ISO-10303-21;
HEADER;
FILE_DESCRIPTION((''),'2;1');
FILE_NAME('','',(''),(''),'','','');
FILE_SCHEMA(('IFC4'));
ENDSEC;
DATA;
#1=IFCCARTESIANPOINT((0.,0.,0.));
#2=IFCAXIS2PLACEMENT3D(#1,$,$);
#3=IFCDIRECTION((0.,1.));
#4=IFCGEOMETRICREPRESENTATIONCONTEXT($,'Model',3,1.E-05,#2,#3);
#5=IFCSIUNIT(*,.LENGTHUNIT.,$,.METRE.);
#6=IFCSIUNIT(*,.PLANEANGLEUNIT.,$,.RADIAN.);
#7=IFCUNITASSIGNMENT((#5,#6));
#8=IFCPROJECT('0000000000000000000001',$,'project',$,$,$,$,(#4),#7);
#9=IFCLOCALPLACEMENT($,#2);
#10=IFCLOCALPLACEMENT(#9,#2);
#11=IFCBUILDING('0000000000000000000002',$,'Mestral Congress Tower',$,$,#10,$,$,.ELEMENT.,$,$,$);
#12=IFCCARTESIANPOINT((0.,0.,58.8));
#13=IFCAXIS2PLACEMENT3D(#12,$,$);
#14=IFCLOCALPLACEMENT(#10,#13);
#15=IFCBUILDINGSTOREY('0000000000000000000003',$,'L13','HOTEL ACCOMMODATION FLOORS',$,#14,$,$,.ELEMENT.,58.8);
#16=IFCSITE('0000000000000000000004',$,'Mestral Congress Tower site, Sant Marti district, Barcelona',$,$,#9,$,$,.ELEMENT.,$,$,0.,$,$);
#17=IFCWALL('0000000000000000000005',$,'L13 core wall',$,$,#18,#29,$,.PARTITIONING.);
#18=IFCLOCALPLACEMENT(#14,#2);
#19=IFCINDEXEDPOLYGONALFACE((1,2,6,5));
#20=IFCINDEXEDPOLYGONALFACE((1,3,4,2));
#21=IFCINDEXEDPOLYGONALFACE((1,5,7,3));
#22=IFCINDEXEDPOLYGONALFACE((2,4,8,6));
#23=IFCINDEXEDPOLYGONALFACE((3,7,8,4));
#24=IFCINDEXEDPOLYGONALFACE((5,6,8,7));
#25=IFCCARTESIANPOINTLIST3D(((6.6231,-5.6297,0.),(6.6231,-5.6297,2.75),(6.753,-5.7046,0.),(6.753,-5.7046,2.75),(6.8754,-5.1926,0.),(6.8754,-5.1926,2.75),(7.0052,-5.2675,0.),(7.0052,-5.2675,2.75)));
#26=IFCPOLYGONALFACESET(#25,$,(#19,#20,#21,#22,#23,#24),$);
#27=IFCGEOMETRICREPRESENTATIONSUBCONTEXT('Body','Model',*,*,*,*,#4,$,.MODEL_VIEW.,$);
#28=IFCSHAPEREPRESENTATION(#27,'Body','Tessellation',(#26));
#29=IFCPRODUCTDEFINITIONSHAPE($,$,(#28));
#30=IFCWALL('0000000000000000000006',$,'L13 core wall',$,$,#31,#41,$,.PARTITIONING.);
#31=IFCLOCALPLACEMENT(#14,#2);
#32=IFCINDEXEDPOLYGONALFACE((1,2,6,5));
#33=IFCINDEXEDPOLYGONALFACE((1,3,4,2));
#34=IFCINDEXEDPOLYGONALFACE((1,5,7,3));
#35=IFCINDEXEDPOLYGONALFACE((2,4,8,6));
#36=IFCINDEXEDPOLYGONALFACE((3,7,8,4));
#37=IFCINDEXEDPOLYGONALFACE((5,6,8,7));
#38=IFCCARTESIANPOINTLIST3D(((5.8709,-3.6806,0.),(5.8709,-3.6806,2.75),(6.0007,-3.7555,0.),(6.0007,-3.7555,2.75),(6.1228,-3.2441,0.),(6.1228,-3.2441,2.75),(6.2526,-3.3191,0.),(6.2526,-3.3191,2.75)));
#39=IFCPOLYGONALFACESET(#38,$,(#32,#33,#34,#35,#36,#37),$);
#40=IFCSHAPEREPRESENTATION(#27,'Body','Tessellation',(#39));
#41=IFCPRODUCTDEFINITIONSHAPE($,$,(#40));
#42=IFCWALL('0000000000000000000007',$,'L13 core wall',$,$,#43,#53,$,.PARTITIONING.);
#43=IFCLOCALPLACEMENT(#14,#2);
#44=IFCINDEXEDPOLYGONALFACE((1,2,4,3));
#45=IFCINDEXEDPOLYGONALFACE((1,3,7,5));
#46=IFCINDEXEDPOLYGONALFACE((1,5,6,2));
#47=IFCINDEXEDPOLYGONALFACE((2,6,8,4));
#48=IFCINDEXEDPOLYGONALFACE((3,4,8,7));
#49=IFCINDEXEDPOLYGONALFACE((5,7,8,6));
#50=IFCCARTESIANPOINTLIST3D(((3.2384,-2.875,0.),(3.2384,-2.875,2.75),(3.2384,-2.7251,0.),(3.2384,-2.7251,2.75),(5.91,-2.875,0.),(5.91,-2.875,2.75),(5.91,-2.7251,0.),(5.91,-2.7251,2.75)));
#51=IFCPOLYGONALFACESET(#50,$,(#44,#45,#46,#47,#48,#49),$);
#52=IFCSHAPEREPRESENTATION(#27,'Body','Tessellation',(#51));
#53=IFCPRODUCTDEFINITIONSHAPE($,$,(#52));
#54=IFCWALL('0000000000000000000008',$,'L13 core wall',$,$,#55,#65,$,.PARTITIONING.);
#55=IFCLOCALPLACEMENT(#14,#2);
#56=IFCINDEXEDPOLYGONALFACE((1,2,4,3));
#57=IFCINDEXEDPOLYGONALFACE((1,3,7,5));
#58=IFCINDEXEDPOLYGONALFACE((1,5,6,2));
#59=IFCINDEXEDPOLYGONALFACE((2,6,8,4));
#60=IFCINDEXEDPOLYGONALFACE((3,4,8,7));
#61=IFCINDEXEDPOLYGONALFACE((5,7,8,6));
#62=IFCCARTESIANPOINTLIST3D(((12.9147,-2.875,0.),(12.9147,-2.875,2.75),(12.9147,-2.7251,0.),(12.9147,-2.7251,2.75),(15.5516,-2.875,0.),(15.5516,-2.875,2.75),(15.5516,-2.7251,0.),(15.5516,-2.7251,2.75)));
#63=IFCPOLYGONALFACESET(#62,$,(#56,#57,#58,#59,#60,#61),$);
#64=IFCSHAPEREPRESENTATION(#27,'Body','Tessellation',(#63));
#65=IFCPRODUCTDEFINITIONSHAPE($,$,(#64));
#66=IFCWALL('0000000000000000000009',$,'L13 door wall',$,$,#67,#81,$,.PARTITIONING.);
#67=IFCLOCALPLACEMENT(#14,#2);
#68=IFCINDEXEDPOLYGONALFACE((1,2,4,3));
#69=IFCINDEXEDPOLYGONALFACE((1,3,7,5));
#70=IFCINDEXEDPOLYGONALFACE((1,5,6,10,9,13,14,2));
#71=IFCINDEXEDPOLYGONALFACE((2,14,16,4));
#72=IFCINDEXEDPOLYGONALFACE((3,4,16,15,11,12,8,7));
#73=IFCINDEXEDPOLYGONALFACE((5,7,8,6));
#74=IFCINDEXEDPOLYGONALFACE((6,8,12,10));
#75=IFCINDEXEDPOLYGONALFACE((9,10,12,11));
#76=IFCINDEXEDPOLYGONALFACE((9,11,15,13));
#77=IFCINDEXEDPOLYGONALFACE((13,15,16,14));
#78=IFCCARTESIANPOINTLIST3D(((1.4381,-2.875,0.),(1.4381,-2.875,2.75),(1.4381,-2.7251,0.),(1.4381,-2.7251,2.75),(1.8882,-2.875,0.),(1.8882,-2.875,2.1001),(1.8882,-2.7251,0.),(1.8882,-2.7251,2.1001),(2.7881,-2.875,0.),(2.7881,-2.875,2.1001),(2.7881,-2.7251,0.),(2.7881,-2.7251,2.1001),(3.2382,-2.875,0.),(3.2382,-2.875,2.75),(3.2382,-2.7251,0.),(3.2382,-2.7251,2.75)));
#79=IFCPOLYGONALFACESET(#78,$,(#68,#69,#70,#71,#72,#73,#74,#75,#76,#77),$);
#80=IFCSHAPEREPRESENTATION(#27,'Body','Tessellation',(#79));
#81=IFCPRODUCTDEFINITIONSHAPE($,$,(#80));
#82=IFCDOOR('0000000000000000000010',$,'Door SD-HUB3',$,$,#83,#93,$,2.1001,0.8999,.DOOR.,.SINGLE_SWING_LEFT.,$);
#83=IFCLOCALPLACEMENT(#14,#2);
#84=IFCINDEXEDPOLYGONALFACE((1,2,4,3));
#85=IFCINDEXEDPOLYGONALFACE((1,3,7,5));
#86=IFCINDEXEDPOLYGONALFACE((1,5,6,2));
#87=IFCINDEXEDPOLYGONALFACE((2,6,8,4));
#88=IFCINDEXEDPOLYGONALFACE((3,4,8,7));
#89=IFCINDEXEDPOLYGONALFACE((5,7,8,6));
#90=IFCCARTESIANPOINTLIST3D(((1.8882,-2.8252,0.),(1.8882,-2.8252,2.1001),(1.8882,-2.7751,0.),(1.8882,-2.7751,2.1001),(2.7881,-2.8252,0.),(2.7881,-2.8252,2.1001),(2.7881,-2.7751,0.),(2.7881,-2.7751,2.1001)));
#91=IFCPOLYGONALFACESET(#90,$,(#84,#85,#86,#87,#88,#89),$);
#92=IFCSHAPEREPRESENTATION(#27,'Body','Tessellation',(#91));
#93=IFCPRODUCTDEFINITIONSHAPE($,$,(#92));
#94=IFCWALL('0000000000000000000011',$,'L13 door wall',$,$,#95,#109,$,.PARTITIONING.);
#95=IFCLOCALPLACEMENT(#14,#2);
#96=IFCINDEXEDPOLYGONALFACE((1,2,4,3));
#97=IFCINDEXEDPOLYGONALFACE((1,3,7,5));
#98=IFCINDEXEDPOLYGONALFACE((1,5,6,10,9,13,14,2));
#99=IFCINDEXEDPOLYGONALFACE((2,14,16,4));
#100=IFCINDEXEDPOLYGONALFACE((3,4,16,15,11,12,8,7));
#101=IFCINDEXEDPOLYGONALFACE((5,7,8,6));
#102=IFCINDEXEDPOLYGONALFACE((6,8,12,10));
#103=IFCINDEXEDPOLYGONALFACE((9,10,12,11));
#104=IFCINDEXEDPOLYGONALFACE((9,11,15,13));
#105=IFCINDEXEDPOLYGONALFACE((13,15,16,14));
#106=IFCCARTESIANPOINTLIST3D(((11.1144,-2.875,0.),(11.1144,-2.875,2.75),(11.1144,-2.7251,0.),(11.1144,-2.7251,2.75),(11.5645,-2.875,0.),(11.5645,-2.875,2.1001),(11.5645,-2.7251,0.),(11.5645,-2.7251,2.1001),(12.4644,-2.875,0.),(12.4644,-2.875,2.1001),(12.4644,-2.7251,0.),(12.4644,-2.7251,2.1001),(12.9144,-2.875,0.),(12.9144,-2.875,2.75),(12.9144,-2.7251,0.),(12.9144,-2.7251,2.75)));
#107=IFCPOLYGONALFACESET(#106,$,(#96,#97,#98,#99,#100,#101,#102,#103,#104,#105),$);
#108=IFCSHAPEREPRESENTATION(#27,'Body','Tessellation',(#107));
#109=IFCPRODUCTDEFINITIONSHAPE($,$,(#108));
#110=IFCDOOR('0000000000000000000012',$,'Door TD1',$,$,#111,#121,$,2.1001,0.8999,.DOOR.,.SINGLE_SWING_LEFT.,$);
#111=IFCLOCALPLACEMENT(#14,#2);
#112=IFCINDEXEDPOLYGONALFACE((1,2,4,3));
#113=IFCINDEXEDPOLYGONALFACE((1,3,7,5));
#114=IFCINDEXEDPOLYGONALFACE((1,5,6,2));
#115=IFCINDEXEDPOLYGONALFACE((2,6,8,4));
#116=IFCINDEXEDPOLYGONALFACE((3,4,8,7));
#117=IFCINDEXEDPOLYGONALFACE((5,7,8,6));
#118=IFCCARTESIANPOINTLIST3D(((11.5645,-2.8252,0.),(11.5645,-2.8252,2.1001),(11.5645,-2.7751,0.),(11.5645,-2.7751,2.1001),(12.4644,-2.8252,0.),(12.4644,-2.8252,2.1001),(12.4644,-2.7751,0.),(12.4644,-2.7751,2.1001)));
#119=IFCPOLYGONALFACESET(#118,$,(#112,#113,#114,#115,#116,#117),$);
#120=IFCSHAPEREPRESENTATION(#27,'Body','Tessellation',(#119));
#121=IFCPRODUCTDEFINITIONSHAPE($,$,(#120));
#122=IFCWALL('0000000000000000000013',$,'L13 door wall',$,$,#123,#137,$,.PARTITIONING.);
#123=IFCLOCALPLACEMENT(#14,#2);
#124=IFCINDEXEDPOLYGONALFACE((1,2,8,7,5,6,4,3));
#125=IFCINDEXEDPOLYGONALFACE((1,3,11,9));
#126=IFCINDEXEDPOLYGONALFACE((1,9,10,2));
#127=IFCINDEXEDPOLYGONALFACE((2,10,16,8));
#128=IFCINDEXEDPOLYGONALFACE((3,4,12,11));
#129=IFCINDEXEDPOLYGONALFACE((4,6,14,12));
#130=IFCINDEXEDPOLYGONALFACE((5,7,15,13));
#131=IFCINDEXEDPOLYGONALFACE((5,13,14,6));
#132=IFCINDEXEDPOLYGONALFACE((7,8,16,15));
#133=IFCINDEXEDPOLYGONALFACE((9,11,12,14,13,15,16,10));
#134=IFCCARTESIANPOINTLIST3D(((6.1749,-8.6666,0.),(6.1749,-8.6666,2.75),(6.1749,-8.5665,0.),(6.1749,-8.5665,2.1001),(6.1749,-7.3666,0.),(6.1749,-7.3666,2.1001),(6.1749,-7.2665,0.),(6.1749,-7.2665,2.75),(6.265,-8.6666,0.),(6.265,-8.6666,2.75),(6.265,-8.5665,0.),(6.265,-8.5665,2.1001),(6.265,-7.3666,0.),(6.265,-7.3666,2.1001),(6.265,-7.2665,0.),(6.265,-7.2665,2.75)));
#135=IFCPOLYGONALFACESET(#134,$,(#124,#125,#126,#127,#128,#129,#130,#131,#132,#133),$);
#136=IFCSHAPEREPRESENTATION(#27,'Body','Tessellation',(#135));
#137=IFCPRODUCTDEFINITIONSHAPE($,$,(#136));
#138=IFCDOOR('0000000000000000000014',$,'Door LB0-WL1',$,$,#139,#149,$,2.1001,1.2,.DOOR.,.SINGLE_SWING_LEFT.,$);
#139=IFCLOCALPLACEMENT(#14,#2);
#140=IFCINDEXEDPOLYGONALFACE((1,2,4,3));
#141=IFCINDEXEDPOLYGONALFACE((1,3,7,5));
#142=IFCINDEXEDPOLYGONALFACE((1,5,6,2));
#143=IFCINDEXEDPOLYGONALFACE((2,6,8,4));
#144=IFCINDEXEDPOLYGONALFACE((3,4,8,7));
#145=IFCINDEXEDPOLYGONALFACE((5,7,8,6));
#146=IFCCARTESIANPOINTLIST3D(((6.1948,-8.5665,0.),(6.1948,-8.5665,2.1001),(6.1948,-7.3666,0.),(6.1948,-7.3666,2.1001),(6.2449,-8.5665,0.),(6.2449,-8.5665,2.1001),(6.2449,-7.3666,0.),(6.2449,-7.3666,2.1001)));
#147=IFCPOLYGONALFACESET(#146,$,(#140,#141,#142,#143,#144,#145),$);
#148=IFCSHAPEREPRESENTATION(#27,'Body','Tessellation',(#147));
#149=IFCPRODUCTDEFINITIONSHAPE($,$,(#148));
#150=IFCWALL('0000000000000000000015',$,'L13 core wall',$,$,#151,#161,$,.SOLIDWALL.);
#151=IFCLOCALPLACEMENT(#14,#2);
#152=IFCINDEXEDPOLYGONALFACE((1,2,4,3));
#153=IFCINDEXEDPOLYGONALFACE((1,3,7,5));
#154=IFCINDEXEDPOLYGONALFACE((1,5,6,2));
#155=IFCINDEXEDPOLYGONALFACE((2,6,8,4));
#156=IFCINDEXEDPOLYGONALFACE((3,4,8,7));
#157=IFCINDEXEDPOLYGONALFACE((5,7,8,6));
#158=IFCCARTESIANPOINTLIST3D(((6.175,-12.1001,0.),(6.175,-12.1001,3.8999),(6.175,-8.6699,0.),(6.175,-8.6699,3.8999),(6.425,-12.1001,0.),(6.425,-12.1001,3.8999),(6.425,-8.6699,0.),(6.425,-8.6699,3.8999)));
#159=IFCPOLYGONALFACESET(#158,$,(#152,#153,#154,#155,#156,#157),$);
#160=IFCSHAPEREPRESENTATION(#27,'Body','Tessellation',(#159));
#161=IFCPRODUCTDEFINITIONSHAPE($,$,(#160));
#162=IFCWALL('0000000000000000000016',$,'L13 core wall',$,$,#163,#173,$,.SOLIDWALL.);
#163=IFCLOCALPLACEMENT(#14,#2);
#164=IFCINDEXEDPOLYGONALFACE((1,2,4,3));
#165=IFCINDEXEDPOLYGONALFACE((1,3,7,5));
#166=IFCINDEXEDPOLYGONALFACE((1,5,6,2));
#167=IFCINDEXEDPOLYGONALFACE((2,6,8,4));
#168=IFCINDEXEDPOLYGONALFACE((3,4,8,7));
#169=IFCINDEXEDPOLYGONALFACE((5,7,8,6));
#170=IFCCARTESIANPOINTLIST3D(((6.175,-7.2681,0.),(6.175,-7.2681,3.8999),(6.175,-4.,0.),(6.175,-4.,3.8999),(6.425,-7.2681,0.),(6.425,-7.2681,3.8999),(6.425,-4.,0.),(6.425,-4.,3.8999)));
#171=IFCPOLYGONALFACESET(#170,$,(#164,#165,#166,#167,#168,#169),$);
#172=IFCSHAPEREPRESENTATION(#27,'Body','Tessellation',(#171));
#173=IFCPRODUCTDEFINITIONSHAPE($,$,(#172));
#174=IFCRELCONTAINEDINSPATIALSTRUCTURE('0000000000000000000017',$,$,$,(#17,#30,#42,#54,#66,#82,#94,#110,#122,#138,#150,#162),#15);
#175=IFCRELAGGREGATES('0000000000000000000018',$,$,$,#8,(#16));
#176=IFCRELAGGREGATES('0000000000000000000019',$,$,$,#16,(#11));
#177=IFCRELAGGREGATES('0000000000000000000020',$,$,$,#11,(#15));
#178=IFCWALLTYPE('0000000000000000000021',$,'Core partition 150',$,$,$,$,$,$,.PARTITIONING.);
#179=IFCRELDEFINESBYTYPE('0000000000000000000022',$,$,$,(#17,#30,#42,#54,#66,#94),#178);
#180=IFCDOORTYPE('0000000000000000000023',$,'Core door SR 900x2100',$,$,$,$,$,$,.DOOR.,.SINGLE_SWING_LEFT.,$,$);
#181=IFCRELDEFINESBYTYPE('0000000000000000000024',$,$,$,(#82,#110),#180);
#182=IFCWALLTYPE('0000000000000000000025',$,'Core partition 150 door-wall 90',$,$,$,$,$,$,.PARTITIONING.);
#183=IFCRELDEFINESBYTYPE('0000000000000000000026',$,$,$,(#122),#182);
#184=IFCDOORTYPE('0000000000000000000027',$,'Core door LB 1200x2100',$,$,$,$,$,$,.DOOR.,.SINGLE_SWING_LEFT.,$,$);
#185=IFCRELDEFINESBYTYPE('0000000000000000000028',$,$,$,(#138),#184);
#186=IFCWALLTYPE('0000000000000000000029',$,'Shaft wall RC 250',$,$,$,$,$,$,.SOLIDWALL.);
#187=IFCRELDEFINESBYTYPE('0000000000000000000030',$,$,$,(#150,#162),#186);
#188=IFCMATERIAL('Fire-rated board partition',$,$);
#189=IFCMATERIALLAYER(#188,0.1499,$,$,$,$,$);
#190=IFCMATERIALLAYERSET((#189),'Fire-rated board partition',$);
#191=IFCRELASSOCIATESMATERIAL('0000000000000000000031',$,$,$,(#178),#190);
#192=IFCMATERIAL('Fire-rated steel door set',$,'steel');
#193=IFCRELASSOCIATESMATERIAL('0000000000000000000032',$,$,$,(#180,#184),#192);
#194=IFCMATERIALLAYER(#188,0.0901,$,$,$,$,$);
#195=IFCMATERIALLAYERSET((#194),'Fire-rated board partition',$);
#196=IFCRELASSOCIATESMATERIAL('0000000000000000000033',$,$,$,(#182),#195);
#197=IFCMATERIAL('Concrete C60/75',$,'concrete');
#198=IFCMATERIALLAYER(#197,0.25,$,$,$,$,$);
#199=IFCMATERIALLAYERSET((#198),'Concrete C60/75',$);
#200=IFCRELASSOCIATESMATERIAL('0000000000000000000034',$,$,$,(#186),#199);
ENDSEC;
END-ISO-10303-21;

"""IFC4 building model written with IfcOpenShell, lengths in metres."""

from ifc_helpers import new_model, si_unit, direction, frame, frame_2d, origin, place, context, subcontext, project, spatial, rectangle, extrude, material, layer, layer_set, type_object, element, fill, save


model = new_model("IFC4")

# Units and contexts
model_context = context("Model", 3, precision=1e-05, world=origin(), true_north=direction((0.0, 1.0)))
body_context = subcontext(model_context, "Body", "Model", "MODEL_VIEW")
ifc_project = project(units=[si_unit("LENGTHUNIT", "METRE"), si_unit("PLANEANGLEUNIT", "RADIAN")], contexts=[model_context])

# Site, building, storey
site_placement = place(None, origin())
site = spatial("IfcSite", under=ifc_project, at=site_placement, Name="Mestral Congress Tower site, Sant Marti district, Barcelona", CompositionType="ELEMENT", RefElevation=0.0)
building_placement = place(site_placement, origin())
building = spatial("IfcBuilding", under=site, at=building_placement, Name="Mestral Congress Tower", CompositionType="ELEMENT")
storey_placement = place(building_placement, frame((0.0, 0.0, 58.8)))
storey = spatial("IfcBuildingStorey", under=building, at=storey_placement, Name="L13", Description="HOTEL ACCOMMODATION FLOORS", CompositionType="ELEMENT", Elevation=58.8)

# Walls
ifc_material_1 = material(Name="Fire-rated board partition")
ifc_layer_1 = layer(ifc_material_1, 0.1499)
ifc_layer_set_1 = layer_set([ifc_layer_1], Name="Fire-rated board partition")
wall_type_1 = type_object("IfcWallType", Name="Core partition 150", PredefinedType="PARTITIONING", material=ifc_layer_set_1)
wall_1_placement = place(storey_placement, frame((6.688, -5.6672, 0.0), z_axis=(0.0, 0.0, 1.0), x_axis=(0.499834, 0.866121, 0.0)))
element("IfcWall", 1, at=wall_1_placement, inside=storey, type_object=wall_type_1, Name="L13 core wall", PredefinedType="PARTITIONING", context=body_context, shape_type="SweptSolid", body=[
    extrude(rectangle(XDim=0.5046, YDim=0.1499, at=frame_2d((0.2524, 0.0))), origin(), (0.0, 0.0, 1.0), 2.75),
])
wall_2_placement = place(storey_placement, frame((5.9358, -3.718, 0.0), z_axis=(0.0, 0.0, 1.0), x_axis=(0.49989, 0.866089, 0.0)))
element("IfcWall", 2, at=wall_2_placement, inside=storey, type_object=wall_type_1, Name="L13 core wall", PredefinedType="PARTITIONING", context=body_context, shape_type="SweptSolid", body=[
    extrude(rectangle(XDim=0.5039, YDim=0.1499, at=frame_2d((0.252, 0.0))), origin(), (0.0, 0.0, 1.0), 2.75),
])
wall_3_placement = place(storey_placement, frame((3.2383, -2.8, 0.0), z_axis=(0.0, 0.0, 1.0), x_axis=(1.0, 0.0, 0.0)))
element("IfcWall", 3, at=wall_3_placement, inside=storey, type_object=wall_type_1, Name="L13 core wall", PredefinedType="PARTITIONING", context=body_context, shape_type="SweptSolid", body=[
    extrude(rectangle(XDim=2.6716, YDim=0.1499, at=frame_2d((1.3359, 0.0))), origin(), (0.0, 0.0, 1.0), 2.75),
])
wall_4_placement = place(storey_placement, frame((12.9148, -2.8, 0.0), z_axis=(0.0, 0.0, 1.0), x_axis=(1.0, 0.0, 0.0)))
element("IfcWall", 4, at=wall_4_placement, inside=storey, type_object=wall_type_1, Name="L13 core wall", PredefinedType="PARTITIONING", context=body_context, shape_type="SweptSolid", body=[
    extrude(rectangle(XDim=2.637, YDim=0.1499, at=frame_2d((1.3184, 0.0))), origin(), (0.0, 0.0, 1.0), 2.75),
])

# Walls, openings, doors
wall_5_placement = place(storey_placement, frame((1.4382, -2.8, 0.0), z_axis=(0.0, 0.0, 1.0), x_axis=(1.0, 0.0, 0.0)))
wall_5 = element("IfcWall", 5, at=wall_5_placement, inside=storey, type_object=wall_type_1, Name="L13 door wall", PredefinedType="PARTITIONING", context=body_context, shape_type="SweptSolid", body=[
    extrude(rectangle(XDim=1.8, YDim=0.1499, at=frame_2d((0.8999, 0.0))), origin(), (0.0, 0.0, 1.0), 2.75),
])
opening_1_placement = place(wall_5_placement, frame((0.45, 0.0, 0.0)))
opening_1 = element("IfcOpeningElement", 6, at=opening_1_placement, cuts=wall_5, PredefinedType="OPENING", context=body_context, shape_type="SweptSolid", body=[
    extrude(rectangle(XDim=0.8999, YDim=2.1001, at=frame_2d((0.45, 1.05))), frame((0.0, 0.085, 0.0), z_axis=(0.0, -1.0, 0.0), x_axis=(1.0, 0.0, 0.0)), (0.0, 0.0, 1.0), 0.1699),
])
ifc_material_2 = material(Name="Fire-rated steel door set", Category="steel")
door_type_1 = type_object("IfcDoorType", Name="Core door SR 900x2100", OperationType="SINGLE_SWING_LEFT", PredefinedType="DOOR", material=ifc_material_2)
door_1_placement = place(opening_1_placement, origin())
door_1 = element("IfcDoor", 7, at=door_1_placement, inside=storey, type_object=door_type_1, Name="Door SD-HUB3", OperationType="SINGLE_SWING_LEFT", OverallHeight=2.1001, OverallWidth=0.8999, PredefinedType="DOOR", context=body_context, shape_type="SweptSolid", body=[
    extrude(rectangle(XDim=0.8999, YDim=2.1001, at=frame_2d((0.45, 1.05))), frame((0.0, 0.0249, 0.0), z_axis=(0.0, -1.0, 0.0), x_axis=(1.0, 0.0, 0.0)), (0.0, 0.0, 1.0), 0.05),
])
fill(opening_1, door_1)
wall_6_placement = place(storey_placement, frame((11.1145, -2.8, 0.0), z_axis=(0.0, 0.0, 1.0), x_axis=(1.0, 0.0, 0.0)))
wall_6 = element("IfcWall", 8, at=wall_6_placement, inside=storey, type_object=wall_type_1, Name="L13 door wall", PredefinedType="PARTITIONING", context=body_context, shape_type="SweptSolid", body=[
    extrude(rectangle(XDim=1.8, YDim=0.1499, at=frame_2d((0.8999, 0.0))), origin(), (0.0, 0.0, 1.0), 2.75),
])
opening_2_placement = place(wall_6_placement, frame((0.45, 0.0, 0.0)))
opening_2 = element("IfcOpeningElement", 9, at=opening_2_placement, cuts=wall_6, PredefinedType="OPENING", context=body_context, shape_type="SweptSolid", body=[
    extrude(rectangle(XDim=0.8999, YDim=2.1001, at=frame_2d((0.45, 1.05))), frame((0.0, 0.085, 0.0), z_axis=(0.0, -1.0, 0.0), x_axis=(1.0, 0.0, 0.0)), (0.0, 0.0, 1.0), 0.1699),
])
door_2_placement = place(opening_2_placement, origin())
door_2 = element("IfcDoor", 10, at=door_2_placement, inside=storey, type_object=door_type_1, Name="Door TD1", OperationType="SINGLE_SWING_LEFT", OverallHeight=2.1001, OverallWidth=0.8999, PredefinedType="DOOR", context=body_context, shape_type="SweptSolid", body=[
    extrude(rectangle(XDim=0.8999, YDim=2.1001, at=frame_2d((0.45, 1.05))), frame((0.0, 0.0249, 0.0), z_axis=(0.0, -1.0, 0.0), x_axis=(1.0, 0.0, 0.0)), (0.0, 0.0, 1.0), 0.05),
])
fill(opening_2, door_2)
ifc_layer_2 = layer(ifc_material_1, 0.0901)
ifc_layer_set_2 = layer_set([ifc_layer_2], Name="Fire-rated board partition")
wall_type_2 = type_object("IfcWallType", Name="Core partition 150 door-wall 90", PredefinedType="PARTITIONING", material=ifc_layer_set_2)
wall_7_placement = place(storey_placement, frame((6.22, -7.2664, 0.0), z_axis=(0.0, 0.0, 1.0), x_axis=(0.0, -1.0, 0.0)))
wall_7 = element("IfcWall", 11, at=wall_7_placement, inside=storey, type_object=wall_type_2, Name="L13 door wall", PredefinedType="PARTITIONING", context=body_context, shape_type="SweptSolid", body=[
    extrude(rectangle(XDim=1.4001, YDim=0.0901, at=frame_2d((0.7002, 0.0))), origin(), (0.0, 0.0, 1.0), 2.75),
])
opening_3_placement = place(wall_7_placement, frame((0.1001, 0.0, 0.0)))
opening_3 = element("IfcOpeningElement", 12, at=opening_3_placement, cuts=wall_7, PredefinedType="OPENING", context=body_context, shape_type="SweptSolid", body=[
    extrude(rectangle(XDim=1.2, YDim=2.1001, at=frame_2d((0.6001, 1.05))), frame((0.0, 0.0549, 0.0), z_axis=(0.0, -1.0, 0.0), x_axis=(1.0, 0.0, 0.0)), (0.0, 0.0, 1.0), 0.1101),
])
door_type_2 = type_object("IfcDoorType", Name="Core door LB 1200x2100", OperationType="SINGLE_SWING_LEFT", PredefinedType="DOOR", material=ifc_material_2)
door_3_placement = place(opening_3_placement, origin())
door_3 = element("IfcDoor", 13, at=door_3_placement, inside=storey, type_object=door_type_2, Name="Door LB0-WL1", OperationType="SINGLE_SWING_LEFT", OverallHeight=2.1001, OverallWidth=1.2, PredefinedType="DOOR", context=body_context, shape_type="SweptSolid", body=[
    extrude(rectangle(XDim=1.2, YDim=2.1001, at=frame_2d((0.6001, 1.05))), frame((0.0, 0.0249, 0.0), z_axis=(0.0, -1.0, 0.0), x_axis=(1.0, 0.0, 0.0)), (0.0, 0.0, 1.0), 0.05),
])
fill(opening_3, door_3)

# Walls
ifc_material_3 = material(Name="Concrete C60/75", Category="concrete")
ifc_layer_3 = layer(ifc_material_3, 0.25)
ifc_layer_set_3 = layer_set([ifc_layer_3], Name="Concrete C60/75")
wall_type_3 = type_object("IfcWallType", Name="Shaft wall RC 250", PredefinedType="SOLIDWALL", material=ifc_layer_set_3)
wall_8_placement = place(storey_placement, frame((6.3, -8.6699, 0.0), z_axis=(0.0, 0.0, 1.0), x_axis=(0.0, -1.0, 0.0)))
element("IfcWall", 14, at=wall_8_placement, inside=storey, type_object=wall_type_3, Name="L13 core wall", PredefinedType="SOLIDWALL", context=body_context, shape_type="SweptSolid", body=[
    extrude(rectangle(XDim=3.4302, YDim=0.25, at=frame_2d((1.7151, 0.0))), origin(), (0.0, 0.0, 1.0), 3.8999),
])
wall_9_placement = place(storey_placement, frame((6.3, -7.2681, 0.0), z_axis=(0.0, 0.0, 1.0), x_axis=(0.0, 1.0, 0.0)))
element("IfcWall", 15, at=wall_9_placement, inside=storey, type_object=wall_type_3, Name="L13 core wall", PredefinedType="SOLIDWALL", context=body_context, shape_type="SweptSolid", body=[
    extrude(rectangle(XDim=3.2681, YDim=0.25, at=frame_2d((1.634, 0.0))), origin(), (0.0, 0.0, 1.0), 3.8999),
])

save(model, "model.ifc")
